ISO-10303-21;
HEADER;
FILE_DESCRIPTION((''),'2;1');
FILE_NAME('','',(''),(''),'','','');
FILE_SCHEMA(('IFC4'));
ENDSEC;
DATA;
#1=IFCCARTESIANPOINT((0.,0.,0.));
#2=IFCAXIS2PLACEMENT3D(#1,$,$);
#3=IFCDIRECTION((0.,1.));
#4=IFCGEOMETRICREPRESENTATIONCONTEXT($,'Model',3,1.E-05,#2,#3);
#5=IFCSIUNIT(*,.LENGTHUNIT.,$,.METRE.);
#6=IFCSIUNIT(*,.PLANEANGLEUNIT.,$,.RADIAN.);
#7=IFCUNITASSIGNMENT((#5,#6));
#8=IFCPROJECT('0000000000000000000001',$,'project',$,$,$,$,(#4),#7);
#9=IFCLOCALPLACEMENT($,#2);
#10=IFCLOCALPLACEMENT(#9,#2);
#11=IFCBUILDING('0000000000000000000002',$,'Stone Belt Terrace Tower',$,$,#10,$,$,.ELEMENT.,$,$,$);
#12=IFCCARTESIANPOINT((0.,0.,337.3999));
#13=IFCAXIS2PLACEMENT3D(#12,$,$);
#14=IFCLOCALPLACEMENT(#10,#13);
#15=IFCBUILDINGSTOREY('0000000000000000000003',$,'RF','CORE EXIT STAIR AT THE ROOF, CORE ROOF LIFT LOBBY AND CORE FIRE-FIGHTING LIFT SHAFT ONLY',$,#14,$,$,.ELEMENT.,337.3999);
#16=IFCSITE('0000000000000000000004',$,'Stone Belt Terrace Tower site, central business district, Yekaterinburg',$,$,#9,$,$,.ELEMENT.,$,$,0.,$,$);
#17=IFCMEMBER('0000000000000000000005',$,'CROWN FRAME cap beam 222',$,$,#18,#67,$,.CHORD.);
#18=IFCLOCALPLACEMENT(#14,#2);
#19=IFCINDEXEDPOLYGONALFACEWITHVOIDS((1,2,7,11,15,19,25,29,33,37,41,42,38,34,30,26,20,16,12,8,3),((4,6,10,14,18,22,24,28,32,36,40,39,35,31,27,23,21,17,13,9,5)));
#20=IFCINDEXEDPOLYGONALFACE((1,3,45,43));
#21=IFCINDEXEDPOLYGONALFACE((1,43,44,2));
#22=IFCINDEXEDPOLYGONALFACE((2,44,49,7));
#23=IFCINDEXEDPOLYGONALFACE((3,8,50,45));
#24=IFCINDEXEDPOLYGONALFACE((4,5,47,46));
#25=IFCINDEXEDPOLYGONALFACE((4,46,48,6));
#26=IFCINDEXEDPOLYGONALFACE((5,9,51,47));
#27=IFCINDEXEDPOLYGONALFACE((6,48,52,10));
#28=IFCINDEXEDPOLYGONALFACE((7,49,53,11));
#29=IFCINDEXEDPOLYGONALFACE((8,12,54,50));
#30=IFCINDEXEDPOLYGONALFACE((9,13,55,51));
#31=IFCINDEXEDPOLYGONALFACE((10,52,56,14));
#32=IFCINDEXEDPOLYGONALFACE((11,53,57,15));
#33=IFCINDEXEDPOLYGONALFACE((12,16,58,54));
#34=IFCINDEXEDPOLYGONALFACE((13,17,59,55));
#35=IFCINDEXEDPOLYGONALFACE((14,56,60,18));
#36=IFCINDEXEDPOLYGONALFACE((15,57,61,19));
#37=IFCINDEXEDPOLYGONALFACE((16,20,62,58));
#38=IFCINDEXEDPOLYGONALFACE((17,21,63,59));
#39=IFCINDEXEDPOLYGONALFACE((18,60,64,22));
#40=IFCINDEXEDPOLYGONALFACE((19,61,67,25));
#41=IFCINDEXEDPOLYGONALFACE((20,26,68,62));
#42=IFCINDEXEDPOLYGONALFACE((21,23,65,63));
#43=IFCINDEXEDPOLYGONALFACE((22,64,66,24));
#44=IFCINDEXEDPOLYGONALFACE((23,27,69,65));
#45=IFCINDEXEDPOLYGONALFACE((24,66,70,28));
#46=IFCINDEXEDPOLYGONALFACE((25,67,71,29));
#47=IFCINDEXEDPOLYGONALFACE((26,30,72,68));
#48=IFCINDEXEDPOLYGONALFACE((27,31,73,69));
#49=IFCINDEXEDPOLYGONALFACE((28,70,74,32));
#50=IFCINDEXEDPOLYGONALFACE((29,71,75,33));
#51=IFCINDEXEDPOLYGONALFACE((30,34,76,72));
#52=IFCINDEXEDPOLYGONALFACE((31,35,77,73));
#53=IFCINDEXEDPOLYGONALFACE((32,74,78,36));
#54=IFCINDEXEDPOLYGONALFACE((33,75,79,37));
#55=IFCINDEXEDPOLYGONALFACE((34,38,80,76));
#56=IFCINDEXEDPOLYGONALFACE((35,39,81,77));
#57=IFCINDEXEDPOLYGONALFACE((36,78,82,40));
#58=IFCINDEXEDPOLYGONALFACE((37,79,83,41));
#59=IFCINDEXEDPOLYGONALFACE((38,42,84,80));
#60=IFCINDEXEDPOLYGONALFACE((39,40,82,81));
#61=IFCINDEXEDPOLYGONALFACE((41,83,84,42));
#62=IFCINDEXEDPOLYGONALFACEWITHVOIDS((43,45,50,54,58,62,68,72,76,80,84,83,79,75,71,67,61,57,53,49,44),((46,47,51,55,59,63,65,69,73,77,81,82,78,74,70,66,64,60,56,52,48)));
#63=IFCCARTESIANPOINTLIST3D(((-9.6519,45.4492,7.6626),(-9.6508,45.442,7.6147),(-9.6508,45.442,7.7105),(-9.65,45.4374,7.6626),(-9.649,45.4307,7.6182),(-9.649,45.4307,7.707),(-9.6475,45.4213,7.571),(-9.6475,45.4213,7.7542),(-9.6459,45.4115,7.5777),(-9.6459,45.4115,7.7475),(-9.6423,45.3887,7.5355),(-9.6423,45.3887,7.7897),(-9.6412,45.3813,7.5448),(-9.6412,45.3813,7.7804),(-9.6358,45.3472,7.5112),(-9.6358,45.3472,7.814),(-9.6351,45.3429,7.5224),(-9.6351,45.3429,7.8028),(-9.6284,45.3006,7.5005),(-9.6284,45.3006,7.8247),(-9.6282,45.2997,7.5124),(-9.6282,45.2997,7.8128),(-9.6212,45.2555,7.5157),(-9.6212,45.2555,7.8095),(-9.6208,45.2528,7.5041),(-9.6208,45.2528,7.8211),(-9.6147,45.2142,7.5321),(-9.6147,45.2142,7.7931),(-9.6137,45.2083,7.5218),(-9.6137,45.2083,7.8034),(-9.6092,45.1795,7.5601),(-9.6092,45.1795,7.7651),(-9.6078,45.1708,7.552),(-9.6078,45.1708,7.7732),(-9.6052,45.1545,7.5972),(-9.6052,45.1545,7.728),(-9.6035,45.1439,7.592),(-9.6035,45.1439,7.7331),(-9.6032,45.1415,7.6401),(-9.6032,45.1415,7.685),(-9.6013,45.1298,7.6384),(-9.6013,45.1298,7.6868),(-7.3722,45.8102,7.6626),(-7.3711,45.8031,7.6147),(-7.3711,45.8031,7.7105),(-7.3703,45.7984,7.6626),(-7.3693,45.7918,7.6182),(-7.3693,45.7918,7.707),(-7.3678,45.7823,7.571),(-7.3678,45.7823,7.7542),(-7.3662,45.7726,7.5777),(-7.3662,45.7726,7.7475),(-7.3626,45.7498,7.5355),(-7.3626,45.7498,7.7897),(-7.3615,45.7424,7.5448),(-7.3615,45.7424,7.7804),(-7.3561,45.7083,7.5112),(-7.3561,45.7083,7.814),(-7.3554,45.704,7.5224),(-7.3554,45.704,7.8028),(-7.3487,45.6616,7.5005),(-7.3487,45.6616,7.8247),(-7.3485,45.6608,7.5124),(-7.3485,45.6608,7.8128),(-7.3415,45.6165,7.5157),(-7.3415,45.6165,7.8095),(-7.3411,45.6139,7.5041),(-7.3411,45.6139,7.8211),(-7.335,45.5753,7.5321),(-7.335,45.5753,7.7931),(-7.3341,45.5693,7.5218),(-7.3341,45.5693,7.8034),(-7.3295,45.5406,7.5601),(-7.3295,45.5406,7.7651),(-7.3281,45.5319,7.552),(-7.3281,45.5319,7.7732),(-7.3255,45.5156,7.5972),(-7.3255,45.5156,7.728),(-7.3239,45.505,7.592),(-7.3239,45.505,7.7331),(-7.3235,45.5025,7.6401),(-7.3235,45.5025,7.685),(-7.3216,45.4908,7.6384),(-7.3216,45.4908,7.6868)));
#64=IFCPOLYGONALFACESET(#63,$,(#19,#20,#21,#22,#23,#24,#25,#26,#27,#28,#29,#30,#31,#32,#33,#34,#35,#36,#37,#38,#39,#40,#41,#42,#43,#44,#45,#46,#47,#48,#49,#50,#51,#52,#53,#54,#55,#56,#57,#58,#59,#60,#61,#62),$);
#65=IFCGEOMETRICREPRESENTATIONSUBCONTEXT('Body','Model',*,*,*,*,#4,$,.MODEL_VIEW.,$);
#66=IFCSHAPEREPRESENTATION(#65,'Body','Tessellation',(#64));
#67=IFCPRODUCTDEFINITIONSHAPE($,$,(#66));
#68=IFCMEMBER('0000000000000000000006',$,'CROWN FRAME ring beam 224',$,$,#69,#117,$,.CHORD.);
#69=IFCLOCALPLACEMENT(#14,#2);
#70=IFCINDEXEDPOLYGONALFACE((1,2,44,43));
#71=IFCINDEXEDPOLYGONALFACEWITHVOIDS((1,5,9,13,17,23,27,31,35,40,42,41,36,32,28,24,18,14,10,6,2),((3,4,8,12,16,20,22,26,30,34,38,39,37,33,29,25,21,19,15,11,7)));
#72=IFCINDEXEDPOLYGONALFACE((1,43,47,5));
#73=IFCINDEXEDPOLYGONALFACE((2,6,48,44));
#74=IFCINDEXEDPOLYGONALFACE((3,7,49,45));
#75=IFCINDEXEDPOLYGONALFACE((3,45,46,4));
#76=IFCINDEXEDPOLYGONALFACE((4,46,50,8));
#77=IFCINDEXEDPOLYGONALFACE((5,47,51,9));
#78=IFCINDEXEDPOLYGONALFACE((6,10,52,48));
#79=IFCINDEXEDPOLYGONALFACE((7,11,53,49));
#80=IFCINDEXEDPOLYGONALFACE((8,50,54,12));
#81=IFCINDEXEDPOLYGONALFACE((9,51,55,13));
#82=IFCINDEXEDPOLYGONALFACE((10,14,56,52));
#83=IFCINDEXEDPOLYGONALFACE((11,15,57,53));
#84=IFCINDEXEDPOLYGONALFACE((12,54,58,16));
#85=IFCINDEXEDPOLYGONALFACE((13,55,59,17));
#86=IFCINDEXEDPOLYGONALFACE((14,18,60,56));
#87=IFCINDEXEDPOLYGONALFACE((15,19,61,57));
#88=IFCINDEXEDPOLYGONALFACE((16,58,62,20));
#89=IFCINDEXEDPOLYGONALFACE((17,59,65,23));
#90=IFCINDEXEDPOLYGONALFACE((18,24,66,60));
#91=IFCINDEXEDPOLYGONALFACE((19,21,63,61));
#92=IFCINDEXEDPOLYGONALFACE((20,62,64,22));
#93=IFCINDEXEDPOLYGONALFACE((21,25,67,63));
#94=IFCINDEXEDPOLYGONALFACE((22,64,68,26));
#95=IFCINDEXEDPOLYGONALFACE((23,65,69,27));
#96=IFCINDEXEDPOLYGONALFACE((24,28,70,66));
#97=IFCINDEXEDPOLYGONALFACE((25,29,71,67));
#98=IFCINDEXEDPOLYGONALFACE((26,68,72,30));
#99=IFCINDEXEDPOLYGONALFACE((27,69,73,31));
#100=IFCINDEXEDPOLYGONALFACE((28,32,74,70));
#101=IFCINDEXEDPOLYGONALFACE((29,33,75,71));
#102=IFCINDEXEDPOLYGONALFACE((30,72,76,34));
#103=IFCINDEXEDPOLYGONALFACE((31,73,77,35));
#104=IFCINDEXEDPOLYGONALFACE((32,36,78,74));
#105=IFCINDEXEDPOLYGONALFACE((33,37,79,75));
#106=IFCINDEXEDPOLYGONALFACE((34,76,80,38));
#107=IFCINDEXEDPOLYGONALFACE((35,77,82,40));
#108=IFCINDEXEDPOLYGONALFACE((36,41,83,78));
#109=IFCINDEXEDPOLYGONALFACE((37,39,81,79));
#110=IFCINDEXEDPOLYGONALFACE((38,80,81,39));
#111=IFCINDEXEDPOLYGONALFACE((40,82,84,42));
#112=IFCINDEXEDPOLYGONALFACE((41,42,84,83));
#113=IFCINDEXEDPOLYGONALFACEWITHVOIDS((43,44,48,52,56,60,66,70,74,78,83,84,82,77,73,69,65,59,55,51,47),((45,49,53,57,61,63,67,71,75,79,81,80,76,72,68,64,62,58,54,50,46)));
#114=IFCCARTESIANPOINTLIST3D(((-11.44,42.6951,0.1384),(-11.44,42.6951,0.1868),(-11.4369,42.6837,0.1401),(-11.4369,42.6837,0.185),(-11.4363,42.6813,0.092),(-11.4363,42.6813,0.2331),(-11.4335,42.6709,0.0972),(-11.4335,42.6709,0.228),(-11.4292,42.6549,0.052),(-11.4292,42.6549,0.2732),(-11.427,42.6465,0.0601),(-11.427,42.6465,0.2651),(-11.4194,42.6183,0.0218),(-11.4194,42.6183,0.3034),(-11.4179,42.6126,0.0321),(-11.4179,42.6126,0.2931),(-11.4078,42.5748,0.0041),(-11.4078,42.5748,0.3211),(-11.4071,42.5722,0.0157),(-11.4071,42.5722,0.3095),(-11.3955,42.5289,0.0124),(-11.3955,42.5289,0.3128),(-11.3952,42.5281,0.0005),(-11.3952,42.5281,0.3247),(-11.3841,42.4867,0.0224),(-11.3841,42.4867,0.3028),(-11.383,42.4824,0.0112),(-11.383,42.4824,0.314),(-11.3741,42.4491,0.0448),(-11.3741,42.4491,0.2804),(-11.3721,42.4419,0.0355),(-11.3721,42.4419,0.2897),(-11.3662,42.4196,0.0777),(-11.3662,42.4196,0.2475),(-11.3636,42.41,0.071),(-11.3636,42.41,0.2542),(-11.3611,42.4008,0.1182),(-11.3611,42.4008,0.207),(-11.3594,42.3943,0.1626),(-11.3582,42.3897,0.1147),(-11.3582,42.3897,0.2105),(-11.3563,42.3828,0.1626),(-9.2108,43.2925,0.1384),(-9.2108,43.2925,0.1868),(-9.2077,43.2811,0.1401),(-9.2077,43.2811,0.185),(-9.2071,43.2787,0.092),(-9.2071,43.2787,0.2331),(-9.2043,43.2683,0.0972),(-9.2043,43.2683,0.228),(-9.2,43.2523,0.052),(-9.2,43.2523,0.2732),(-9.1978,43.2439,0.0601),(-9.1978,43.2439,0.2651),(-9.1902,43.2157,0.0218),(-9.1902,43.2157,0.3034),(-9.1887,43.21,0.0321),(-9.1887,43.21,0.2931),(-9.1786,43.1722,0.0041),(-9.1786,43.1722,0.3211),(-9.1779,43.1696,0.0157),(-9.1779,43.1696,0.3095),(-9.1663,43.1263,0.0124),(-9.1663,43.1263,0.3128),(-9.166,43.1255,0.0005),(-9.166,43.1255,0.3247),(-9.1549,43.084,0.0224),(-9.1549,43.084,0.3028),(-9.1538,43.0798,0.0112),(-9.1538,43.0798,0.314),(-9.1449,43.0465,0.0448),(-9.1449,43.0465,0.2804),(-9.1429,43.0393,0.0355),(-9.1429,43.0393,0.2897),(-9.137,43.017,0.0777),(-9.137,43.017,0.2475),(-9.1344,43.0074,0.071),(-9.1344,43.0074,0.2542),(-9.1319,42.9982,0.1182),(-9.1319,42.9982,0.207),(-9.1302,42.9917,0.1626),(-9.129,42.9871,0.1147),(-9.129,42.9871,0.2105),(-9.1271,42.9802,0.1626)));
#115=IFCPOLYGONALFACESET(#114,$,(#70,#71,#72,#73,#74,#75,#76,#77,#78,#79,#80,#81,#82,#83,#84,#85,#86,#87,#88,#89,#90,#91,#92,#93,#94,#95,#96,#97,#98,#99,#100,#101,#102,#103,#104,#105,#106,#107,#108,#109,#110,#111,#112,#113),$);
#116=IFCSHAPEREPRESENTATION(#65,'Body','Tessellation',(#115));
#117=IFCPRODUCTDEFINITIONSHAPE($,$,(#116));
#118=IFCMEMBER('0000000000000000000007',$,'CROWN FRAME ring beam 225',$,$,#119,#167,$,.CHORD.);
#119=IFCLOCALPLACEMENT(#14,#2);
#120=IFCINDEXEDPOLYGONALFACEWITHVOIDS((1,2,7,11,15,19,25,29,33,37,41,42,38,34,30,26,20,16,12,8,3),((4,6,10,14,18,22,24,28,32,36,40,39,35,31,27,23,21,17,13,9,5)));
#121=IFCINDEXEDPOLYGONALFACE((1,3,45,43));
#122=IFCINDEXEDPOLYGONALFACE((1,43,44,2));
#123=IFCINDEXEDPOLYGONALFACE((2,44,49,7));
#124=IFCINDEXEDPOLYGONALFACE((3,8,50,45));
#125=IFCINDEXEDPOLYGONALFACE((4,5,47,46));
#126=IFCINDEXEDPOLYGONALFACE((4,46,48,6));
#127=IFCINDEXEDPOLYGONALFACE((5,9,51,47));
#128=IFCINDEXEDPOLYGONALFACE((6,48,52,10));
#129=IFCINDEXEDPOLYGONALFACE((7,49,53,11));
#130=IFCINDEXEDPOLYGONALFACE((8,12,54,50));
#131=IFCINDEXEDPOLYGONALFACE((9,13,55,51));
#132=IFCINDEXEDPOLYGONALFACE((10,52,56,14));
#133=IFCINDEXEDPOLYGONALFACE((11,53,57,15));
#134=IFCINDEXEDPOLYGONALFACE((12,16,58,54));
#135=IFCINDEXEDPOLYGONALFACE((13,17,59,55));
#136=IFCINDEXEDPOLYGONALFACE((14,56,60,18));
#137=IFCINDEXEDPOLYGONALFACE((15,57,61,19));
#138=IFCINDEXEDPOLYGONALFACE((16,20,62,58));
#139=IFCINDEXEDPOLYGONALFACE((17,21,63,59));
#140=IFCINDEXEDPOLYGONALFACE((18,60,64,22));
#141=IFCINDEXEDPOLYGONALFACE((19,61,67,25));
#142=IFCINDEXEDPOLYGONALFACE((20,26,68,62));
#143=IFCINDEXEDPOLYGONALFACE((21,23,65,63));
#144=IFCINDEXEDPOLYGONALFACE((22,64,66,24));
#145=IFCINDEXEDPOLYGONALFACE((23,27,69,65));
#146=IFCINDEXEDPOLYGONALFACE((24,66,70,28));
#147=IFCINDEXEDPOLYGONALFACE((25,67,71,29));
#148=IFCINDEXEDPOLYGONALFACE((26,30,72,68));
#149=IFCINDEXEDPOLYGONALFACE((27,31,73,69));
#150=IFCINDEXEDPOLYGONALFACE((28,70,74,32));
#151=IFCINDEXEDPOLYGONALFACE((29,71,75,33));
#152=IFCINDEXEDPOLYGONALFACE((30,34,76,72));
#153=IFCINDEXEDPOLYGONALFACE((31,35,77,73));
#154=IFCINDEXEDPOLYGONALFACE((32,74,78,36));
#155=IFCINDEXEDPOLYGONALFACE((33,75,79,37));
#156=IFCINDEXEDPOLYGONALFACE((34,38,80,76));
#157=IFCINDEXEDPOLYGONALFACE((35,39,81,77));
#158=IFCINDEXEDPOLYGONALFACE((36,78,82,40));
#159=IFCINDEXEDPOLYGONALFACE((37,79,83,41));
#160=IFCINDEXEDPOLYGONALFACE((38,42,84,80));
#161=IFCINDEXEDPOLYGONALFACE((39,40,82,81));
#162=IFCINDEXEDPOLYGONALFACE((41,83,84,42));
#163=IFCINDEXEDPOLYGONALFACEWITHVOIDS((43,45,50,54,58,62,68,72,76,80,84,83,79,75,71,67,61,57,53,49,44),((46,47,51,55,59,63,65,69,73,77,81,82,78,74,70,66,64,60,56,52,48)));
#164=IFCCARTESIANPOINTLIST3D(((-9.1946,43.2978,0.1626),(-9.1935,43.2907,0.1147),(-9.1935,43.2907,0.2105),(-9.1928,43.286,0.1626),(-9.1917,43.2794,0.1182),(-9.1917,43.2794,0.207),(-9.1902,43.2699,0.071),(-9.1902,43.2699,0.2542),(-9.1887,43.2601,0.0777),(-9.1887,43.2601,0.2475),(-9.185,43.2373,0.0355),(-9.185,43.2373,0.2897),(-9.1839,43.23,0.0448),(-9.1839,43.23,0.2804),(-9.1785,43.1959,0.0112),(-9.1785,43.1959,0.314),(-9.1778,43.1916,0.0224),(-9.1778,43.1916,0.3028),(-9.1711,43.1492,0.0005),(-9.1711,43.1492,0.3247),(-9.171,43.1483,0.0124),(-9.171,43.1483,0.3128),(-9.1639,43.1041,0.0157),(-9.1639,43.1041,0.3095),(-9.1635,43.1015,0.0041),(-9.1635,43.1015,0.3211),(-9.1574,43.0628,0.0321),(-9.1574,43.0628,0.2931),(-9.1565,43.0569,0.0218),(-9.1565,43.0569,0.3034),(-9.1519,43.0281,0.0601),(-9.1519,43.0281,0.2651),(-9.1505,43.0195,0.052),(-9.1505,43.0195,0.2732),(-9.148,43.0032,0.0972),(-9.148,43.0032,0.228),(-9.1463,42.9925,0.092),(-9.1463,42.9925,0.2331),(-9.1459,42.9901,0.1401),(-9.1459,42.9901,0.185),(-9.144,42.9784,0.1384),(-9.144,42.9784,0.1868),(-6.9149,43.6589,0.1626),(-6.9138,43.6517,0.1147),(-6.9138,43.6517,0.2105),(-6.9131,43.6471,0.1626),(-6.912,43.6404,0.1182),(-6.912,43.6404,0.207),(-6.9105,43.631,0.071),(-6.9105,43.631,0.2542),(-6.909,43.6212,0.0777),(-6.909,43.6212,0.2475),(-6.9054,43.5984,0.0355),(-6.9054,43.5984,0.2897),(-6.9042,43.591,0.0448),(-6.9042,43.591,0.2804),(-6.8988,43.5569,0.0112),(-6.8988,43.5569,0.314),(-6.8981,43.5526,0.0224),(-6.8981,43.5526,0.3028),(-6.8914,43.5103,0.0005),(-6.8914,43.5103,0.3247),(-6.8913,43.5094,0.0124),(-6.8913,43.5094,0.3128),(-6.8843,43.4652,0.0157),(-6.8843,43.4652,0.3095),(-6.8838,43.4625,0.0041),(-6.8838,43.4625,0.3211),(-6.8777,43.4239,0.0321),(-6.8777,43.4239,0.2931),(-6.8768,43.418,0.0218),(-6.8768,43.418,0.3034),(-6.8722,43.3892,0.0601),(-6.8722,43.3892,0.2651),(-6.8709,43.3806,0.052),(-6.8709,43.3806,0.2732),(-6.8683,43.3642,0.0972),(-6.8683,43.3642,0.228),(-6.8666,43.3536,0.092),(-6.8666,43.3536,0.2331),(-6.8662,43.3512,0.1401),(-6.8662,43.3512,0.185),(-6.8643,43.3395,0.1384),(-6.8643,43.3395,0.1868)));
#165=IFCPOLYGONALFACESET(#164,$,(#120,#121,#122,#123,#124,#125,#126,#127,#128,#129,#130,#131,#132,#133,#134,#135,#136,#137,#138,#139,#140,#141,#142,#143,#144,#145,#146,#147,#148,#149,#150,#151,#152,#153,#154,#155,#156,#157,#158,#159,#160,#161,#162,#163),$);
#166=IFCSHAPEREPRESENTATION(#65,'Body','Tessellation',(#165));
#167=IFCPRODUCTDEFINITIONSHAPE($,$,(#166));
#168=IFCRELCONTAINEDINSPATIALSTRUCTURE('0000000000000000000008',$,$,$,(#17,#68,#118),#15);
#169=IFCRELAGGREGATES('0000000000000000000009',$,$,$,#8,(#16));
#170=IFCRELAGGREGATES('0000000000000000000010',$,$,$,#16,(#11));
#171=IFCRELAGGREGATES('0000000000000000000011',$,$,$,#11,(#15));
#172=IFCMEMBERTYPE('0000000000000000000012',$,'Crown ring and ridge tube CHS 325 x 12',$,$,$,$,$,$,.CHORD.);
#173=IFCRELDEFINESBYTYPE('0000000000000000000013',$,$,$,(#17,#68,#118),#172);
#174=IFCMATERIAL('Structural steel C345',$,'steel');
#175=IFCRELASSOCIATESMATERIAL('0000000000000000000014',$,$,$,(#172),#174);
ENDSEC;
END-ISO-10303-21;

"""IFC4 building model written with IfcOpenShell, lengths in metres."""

from ifc_helpers import new_model, si_unit, direction, frame, origin, origin_2d, place, context, subcontext, project, spatial, hollow_circle, extrude, material, material_profile, profile_set, type_object, element, save


model = new_model("IFC4")

# Units and contexts
model_context = context("Model", 3, precision=1e-05, world=origin(), true_north=direction((0.0, 1.0)))
body_context = subcontext(model_context, "Body", "Model", "MODEL_VIEW")
ifc_project = project(units=[si_unit("LENGTHUNIT", "METRE"), si_unit("PLANEANGLEUNIT", "RADIAN")], contexts=[model_context])

# Site, building, storey
site_placement = place(None, origin())
site = spatial("IfcSite", under=ifc_project, at=site_placement, Name="Stone Belt Terrace Tower site, central business district, Yekaterinburg", CompositionType="ELEMENT", RefElevation=0.0)
building_placement = place(site_placement, origin())
building = spatial("IfcBuilding", under=site, at=building_placement, Name="Stone Belt Terrace Tower", CompositionType="ELEMENT")
storey_placement = place(building_placement, frame((0.0, 0.0, 337.3999)))
storey = spatial("IfcBuildingStorey", under=building, at=storey_placement, Name="RF", Description="CORE EXIT STAIR AT THE ROOF, CORE ROOF LIFT LOBBY AND CORE FIRE-FIGHTING LIFT SHAFT ONLY", CompositionType="ELEMENT", Elevation=337.3999)

# Members
ifc_material_1 = material(Name="Structural steel C345", Category="steel")
ifc_material_profile_1 = material_profile(ifc_material_1, hollow_circle(Radius=0.1626, WallThickness=0.012, at=origin_2d()), Name="Structural steel C345 CHS 325x12")
ifc_profile_set_1 = profile_set([ifc_material_profile_1], Name="Structural steel C345")
member_type_1 = type_object("IfcMemberType", Name="Crown ring and ridge tube CHS 325 x 12", PredefinedType="CHORD", material=ifc_profile_set_1)
member_1_placement = place(storey_placement, frame((-9.6265, 45.2886, 7.6626), z_axis=(0.987688, 0.156435, 0.0), x_axis=(-0.156435, 0.987688, 0.0)))
element("IfcMember", 1, at=member_1_placement, inside=storey, type_object=member_type_1, Name="CROWN FRAME cap beam 222", PredefinedType="CHORD", context=body_context, shape_type="SweptSolid", body=[
    extrude(hollow_circle(Radius=0.1626, WallThickness=0.012, at=origin_2d()), origin(), (0.0, 0.0, 1.0), 2.3081),
])
member_2_placement = place(storey_placement, frame((-9.1692, 43.1372, 0.1626), z_axis=(-0.965916, -0.258854, 0.0), x_axis=(0.258854, -0.965916, 0.0)))
element("IfcMember", 2, at=member_2_placement, inside=storey, type_object=member_type_1, Name="CROWN FRAME ring beam 224", PredefinedType="CHORD", context=body_context, shape_type="SweptSolid", body=[
    extrude(hollow_circle(Radius=0.1626, WallThickness=0.012, at=origin_2d()), origin(), (0.0, 0.0, 1.0), 2.3079),
])
member_3_placement = place(storey_placement, frame((-9.1692, 43.1372, 0.1626), z_axis=(0.987688, 0.156435, 0.0), x_axis=(-0.156435, 0.987688, 0.0)))
element("IfcMember", 3, at=member_3_placement, inside=storey, type_object=member_type_1, Name="CROWN FRAME ring beam 225", PredefinedType="CHORD", context=body_context, shape_type="SweptSolid", body=[
    extrude(hollow_circle(Radius=0.1626, WallThickness=0.012, at=origin_2d()), origin(), (0.0, 0.0, 1.0), 2.3081),
])

save(model, "model.ifc")
